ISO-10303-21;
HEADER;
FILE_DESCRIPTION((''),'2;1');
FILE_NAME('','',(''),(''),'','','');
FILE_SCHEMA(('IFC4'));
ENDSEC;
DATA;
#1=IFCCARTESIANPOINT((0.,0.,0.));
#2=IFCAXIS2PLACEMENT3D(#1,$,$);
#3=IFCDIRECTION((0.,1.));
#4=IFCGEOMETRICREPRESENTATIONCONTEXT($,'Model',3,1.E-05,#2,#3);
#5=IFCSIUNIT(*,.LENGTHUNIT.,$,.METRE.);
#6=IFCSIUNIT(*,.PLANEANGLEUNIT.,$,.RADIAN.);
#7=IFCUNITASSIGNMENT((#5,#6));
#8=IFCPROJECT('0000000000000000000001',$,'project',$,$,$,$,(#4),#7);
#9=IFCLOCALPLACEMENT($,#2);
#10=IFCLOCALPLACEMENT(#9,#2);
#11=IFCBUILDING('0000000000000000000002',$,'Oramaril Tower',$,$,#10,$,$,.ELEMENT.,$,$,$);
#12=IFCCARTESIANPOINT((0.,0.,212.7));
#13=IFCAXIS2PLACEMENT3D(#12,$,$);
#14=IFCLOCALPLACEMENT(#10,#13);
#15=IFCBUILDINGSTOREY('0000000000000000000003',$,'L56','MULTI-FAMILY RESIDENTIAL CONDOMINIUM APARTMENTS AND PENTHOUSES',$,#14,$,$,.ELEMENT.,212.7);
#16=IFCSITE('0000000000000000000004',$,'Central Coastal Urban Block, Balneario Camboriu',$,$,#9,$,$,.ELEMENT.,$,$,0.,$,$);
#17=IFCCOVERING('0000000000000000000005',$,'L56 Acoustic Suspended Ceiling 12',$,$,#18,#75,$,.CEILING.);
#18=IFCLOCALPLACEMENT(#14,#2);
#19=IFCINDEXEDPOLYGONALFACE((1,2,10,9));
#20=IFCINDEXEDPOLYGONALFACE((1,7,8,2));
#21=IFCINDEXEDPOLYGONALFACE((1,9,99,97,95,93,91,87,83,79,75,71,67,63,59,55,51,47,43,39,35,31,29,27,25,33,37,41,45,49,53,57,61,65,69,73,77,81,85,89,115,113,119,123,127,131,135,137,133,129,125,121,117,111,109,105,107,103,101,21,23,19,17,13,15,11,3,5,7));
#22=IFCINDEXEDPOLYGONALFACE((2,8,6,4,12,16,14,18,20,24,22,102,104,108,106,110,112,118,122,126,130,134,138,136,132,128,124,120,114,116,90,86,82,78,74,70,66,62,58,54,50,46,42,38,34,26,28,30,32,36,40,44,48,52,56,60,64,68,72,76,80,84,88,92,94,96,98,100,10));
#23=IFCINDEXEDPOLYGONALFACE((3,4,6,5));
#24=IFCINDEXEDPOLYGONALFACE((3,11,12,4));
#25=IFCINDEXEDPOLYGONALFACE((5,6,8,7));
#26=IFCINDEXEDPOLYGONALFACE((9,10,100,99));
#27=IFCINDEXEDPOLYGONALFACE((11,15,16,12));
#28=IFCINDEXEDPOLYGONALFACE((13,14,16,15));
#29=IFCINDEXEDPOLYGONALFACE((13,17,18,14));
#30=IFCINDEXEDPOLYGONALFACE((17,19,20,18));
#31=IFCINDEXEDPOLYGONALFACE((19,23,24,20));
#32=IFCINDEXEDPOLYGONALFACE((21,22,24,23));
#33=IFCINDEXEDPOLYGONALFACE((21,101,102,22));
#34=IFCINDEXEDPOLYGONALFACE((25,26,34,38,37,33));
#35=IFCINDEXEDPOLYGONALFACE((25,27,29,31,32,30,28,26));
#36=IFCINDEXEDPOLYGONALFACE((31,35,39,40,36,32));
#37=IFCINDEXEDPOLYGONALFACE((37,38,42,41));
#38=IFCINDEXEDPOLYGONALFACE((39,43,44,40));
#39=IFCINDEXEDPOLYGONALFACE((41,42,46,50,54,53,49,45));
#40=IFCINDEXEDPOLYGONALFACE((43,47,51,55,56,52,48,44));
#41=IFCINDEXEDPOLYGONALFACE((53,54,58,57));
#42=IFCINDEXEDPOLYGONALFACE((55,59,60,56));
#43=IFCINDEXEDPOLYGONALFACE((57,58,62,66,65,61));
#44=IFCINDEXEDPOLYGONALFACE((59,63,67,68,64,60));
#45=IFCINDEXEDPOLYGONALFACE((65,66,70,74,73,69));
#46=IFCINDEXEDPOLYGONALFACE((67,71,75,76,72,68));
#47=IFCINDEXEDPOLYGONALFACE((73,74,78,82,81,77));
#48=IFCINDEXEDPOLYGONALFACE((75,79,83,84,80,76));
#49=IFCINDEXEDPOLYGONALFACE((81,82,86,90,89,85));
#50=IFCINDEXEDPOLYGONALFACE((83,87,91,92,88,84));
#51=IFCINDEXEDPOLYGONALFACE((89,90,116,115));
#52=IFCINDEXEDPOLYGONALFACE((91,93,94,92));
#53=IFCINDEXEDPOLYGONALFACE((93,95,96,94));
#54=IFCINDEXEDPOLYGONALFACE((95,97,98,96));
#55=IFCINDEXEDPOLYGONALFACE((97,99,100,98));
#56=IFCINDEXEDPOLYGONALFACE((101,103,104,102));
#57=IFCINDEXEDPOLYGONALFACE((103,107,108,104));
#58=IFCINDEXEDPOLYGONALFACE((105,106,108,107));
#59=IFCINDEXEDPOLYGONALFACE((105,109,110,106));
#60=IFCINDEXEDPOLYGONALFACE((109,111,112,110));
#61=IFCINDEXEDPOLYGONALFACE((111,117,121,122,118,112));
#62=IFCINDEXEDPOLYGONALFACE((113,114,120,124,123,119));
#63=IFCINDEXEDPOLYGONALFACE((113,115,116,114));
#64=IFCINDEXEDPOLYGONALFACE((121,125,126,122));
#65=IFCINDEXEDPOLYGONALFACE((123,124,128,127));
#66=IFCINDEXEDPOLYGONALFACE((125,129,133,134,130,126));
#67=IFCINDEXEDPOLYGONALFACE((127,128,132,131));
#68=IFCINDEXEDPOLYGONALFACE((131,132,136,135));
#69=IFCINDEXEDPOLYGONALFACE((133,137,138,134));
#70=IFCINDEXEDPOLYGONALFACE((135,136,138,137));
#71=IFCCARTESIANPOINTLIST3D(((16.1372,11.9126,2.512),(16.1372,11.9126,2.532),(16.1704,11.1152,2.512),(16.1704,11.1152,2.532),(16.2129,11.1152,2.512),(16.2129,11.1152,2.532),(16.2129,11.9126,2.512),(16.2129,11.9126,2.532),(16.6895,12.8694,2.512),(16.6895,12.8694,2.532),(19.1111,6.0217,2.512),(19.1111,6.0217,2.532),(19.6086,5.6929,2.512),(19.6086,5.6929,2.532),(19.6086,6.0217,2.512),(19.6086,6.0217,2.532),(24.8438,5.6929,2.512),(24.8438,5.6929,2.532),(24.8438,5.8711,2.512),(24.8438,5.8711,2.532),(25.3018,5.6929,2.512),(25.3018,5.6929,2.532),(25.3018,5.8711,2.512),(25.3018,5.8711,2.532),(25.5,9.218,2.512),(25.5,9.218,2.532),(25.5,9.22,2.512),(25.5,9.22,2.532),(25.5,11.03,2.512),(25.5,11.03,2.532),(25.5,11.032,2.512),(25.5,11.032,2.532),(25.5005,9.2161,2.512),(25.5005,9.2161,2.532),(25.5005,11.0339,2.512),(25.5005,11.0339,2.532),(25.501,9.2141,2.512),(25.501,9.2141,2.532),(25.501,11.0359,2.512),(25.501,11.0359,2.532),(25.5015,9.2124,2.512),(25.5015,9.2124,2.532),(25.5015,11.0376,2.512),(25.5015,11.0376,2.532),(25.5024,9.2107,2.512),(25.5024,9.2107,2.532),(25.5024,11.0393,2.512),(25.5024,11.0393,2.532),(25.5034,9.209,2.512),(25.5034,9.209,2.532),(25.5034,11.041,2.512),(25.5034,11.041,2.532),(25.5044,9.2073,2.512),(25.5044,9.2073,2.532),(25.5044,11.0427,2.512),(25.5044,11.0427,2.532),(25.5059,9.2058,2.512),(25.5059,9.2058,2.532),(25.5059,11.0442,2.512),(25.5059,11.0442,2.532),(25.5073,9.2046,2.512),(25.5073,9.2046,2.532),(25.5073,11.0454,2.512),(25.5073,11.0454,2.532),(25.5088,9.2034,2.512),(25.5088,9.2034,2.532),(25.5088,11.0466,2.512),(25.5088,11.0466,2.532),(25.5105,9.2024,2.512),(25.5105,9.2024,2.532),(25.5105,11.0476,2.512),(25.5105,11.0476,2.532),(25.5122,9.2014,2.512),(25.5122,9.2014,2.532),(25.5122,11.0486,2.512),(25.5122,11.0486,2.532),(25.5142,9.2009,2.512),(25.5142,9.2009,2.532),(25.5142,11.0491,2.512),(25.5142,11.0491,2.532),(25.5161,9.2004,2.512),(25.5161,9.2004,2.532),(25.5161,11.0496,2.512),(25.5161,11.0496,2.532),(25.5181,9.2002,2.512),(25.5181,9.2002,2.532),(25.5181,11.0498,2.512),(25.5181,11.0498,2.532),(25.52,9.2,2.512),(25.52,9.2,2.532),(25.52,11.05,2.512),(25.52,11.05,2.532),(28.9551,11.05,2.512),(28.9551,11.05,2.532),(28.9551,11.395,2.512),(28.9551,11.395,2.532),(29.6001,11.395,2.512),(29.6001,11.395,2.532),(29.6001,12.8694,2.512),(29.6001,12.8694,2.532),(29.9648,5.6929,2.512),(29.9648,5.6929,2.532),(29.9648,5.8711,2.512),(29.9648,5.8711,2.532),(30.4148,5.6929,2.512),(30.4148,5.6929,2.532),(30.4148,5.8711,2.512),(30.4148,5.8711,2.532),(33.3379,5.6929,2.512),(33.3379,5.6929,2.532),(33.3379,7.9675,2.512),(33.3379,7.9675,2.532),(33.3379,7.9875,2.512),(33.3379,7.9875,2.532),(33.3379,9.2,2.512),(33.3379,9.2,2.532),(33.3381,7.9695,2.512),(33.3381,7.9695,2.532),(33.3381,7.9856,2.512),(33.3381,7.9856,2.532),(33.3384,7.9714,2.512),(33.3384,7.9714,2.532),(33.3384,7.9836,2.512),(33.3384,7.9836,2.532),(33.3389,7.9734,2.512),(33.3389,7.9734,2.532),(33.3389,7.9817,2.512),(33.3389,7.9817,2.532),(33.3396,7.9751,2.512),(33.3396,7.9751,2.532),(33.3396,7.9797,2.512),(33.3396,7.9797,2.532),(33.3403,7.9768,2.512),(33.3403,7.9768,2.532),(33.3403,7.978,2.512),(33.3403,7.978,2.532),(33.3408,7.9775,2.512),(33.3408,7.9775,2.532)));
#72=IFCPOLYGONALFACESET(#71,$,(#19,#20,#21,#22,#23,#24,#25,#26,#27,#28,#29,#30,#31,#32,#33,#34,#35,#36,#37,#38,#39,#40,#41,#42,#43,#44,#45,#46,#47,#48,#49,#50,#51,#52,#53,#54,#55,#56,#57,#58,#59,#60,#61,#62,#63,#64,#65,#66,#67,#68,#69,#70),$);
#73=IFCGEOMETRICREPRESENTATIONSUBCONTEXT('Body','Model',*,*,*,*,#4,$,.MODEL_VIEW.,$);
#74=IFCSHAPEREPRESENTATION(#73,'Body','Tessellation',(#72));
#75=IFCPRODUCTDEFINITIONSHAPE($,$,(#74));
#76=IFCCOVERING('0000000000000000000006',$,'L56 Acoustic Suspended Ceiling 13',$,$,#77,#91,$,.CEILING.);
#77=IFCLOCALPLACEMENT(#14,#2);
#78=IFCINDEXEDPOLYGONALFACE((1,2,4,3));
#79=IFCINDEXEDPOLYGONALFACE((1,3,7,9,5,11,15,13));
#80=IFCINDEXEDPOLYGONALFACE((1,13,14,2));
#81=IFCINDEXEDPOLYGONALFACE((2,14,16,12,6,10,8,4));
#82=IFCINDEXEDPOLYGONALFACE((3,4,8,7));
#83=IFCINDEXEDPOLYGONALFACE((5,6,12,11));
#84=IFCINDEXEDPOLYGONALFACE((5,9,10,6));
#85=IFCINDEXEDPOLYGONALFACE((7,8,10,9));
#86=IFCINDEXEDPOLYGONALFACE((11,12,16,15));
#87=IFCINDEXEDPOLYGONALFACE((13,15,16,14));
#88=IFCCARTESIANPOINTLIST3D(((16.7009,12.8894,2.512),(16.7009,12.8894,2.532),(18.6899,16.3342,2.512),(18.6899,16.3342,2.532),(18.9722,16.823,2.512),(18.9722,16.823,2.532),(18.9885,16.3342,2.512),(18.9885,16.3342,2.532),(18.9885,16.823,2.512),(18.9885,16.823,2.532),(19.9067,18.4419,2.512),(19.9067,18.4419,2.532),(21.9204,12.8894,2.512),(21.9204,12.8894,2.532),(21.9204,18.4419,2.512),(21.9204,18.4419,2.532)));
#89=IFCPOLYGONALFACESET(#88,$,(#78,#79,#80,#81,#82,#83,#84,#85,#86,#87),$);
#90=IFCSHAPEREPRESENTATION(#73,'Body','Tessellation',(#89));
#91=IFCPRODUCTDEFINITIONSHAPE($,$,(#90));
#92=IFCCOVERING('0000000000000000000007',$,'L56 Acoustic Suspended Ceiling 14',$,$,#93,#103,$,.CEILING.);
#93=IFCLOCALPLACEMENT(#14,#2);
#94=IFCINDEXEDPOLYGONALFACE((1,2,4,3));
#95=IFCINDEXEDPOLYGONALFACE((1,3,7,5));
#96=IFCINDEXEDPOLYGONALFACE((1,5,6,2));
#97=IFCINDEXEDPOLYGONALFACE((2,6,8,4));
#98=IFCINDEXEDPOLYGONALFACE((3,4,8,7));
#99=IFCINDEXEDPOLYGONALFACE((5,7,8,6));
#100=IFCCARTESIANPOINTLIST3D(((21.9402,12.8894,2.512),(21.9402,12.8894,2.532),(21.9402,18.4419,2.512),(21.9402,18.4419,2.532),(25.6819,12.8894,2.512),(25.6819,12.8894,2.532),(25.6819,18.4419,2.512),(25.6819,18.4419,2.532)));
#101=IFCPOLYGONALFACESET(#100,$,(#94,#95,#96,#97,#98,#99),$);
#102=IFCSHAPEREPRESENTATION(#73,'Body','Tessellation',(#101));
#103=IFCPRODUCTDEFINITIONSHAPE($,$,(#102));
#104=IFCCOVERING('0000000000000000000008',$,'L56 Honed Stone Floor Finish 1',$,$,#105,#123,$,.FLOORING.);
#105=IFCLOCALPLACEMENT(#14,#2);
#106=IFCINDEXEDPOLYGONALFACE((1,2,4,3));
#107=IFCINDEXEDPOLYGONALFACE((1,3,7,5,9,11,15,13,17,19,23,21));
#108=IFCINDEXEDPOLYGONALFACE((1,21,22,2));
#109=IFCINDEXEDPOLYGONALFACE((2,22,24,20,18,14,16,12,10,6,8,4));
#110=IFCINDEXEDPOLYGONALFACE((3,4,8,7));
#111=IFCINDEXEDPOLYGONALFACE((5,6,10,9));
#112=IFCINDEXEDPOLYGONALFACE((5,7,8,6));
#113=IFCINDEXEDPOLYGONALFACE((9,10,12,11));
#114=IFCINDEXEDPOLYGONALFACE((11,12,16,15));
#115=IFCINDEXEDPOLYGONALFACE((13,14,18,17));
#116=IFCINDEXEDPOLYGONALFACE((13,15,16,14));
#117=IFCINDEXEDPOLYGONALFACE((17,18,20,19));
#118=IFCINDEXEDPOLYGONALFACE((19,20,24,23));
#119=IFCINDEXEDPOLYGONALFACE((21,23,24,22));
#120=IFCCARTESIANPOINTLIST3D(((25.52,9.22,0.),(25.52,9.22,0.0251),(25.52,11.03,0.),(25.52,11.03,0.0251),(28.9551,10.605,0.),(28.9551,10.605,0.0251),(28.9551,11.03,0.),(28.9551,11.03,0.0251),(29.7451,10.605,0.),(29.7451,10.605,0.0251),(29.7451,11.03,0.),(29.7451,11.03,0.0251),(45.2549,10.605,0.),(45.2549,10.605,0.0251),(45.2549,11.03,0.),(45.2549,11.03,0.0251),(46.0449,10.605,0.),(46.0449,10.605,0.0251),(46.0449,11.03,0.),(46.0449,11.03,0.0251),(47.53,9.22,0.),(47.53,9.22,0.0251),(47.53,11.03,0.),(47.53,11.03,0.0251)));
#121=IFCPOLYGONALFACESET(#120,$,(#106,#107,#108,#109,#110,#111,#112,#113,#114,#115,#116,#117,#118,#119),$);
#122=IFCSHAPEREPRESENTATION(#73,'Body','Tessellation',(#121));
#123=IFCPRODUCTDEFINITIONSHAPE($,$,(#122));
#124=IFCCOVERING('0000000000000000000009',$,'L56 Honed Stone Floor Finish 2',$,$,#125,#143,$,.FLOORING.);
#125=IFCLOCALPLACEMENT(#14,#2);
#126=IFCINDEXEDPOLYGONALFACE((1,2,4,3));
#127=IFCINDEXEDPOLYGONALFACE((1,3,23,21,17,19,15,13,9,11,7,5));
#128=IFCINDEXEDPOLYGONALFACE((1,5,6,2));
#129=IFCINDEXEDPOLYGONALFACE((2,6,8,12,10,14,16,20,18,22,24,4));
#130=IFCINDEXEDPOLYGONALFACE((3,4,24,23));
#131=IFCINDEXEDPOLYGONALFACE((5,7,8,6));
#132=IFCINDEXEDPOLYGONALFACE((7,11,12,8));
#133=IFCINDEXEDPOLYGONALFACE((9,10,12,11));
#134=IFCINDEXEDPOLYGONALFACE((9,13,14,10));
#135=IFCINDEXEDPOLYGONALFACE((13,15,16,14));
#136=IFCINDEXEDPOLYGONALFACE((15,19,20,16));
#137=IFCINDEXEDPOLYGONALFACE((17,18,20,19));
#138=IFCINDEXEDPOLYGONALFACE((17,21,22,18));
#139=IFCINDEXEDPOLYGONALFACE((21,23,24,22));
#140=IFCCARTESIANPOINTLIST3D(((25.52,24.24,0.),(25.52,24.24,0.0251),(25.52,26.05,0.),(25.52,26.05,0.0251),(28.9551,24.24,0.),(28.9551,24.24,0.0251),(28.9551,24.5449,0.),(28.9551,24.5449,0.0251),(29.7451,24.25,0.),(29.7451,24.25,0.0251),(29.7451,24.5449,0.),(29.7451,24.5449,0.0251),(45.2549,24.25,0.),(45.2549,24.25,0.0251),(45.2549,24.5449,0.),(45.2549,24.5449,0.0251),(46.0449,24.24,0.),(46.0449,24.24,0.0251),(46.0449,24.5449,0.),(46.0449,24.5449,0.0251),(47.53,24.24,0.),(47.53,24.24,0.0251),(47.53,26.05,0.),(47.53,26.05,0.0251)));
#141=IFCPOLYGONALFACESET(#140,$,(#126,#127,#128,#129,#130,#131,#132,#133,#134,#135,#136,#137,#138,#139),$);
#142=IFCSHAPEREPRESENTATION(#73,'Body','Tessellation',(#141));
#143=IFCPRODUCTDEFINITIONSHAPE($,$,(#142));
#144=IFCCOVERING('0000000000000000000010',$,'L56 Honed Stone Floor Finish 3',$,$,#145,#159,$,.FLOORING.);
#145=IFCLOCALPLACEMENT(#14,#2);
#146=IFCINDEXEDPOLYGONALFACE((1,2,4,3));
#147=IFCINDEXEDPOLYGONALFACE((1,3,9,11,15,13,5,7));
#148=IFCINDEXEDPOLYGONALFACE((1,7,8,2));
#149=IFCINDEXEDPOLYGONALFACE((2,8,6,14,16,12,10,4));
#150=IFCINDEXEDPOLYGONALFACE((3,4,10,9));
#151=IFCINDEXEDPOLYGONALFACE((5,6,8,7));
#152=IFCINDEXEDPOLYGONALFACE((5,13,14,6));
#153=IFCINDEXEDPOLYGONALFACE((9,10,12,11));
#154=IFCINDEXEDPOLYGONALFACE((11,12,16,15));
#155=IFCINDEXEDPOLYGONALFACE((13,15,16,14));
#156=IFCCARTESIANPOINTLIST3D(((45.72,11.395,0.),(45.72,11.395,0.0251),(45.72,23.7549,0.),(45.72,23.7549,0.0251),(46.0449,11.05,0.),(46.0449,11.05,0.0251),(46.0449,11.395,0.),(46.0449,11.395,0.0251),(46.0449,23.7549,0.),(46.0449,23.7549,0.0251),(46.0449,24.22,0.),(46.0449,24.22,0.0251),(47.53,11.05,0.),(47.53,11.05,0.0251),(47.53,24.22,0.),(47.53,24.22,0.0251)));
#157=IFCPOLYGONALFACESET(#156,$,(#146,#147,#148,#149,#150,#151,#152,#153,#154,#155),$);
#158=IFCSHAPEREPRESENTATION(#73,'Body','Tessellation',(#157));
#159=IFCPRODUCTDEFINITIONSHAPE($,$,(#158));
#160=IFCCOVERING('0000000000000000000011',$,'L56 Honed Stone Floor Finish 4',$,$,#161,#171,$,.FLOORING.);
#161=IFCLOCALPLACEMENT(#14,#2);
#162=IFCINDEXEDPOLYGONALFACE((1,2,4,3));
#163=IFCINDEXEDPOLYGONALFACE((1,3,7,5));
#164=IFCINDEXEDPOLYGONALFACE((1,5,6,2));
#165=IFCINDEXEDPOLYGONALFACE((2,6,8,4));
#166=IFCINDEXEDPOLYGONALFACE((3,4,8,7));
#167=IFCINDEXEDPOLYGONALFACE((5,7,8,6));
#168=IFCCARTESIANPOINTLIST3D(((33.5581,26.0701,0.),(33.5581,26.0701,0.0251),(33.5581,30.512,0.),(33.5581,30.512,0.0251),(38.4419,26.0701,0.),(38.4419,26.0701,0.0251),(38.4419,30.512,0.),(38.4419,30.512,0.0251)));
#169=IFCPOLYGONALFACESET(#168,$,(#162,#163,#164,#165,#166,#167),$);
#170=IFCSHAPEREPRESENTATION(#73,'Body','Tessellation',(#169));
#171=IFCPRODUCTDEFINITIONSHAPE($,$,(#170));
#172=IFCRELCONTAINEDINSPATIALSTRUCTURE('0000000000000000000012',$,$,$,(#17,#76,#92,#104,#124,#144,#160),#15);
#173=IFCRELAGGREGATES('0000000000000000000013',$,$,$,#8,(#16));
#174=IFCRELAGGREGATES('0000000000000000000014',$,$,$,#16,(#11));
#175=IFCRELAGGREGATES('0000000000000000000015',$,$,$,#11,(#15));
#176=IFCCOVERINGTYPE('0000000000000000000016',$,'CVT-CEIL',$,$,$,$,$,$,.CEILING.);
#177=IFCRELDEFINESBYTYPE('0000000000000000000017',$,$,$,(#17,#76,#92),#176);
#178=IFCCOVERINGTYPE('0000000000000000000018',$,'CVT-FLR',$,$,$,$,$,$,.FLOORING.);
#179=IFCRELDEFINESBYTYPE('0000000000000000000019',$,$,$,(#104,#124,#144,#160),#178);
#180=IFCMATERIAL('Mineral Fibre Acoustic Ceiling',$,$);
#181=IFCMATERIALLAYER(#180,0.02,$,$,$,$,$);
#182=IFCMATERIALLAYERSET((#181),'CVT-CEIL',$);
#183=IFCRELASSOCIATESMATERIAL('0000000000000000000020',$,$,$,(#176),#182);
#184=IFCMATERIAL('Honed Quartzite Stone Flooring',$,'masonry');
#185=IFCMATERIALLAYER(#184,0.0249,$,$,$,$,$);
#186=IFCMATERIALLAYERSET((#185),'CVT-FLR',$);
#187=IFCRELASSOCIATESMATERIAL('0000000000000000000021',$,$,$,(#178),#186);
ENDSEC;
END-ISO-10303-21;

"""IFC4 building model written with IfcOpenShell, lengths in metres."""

from ifc_helpers import new_model, si_unit, direction, frame, origin, place, context, subcontext, project, spatial, polyline, outline, extrude, material, layer, layer_set, type_object, element, save


model = new_model("IFC4")

# Units and contexts
model_context = context("Model", 3, precision=1e-05, world=origin(), true_north=direction((0.0, 1.0)))
body_context = subcontext(model_context, "Body", "Model", "MODEL_VIEW")
ifc_project = project(units=[si_unit("LENGTHUNIT", "METRE"), si_unit("PLANEANGLEUNIT", "RADIAN")], contexts=[model_context])

# Site, building, storey
site_placement = place(None, origin())
site = spatial("IfcSite", under=ifc_project, at=site_placement, Name="Central Coastal Urban Block, Balneario Camboriu", CompositionType="ELEMENT", RefElevation=0.0)
building_placement = place(site_placement, origin())
building = spatial("IfcBuilding", under=site, at=building_placement, Name="Oramaril Tower", CompositionType="ELEMENT")
storey_placement = place(building_placement, frame((0.0, 0.0, 212.7)))
storey = spatial("IfcBuildingStorey", under=building, at=storey_placement, Name="L56", Description="MULTI-FAMILY RESIDENTIAL CONDOMINIUM APARTMENTS AND PENTHOUSES", CompositionType="ELEMENT", Elevation=212.7)

# Coverings
ifc_material_1 = material(Name="Mineral Fibre Acoustic Ceiling")
ifc_layer_1 = layer(ifc_material_1, 0.02)
ifc_layer_set_1 = layer_set([ifc_layer_1], Name="CVT-CEIL")
covering_type_1 = type_object("IfcCoveringType", Name="CVT-CEIL", PredefinedType="CEILING", material=ifc_layer_set_1)
covering_1_placement = place(storey_placement, frame((0.0, 0.0, 2.512)))
element("IfcCovering", 1, at=covering_1_placement, inside=storey, type_object=covering_type_1, Name="L56 Acoustic Suspended Ceiling 12", PredefinedType="CEILING", context=body_context, shape_type="SweptSolid", body=[
    extrude(outline(polyline([(29.6001, 12.8694), (29.6001, 11.395), (28.9551, 11.395), (28.9551, 11.05), (25.52, 11.05), (25.5181, 11.0498), (25.5161, 11.0496), (25.5142, 11.0491), (25.5122, 11.0486), (25.5105, 11.0476), (25.5088, 11.0466), (25.5073, 11.0454), (25.5059, 11.0442), (25.5044, 11.0427), (25.5034, 11.041), (25.5024, 11.0393), (25.5015, 11.0376), (25.501, 11.0359), (25.5005, 11.0339), (25.5, 11.032), (25.5, 11.03), (25.5, 9.22), (25.5, 9.218), (25.5005, 9.2161), (25.501, 9.2141), (25.5015, 9.2124), (25.5024, 9.2107), (25.5034, 9.209), (25.5044, 9.2073), (25.5059, 9.2058), (25.5073, 9.2046), (25.5088, 9.2034), (25.5105, 9.2024), (25.5122, 9.2014), (25.5142, 9.2009), (25.5161, 9.2004), (25.5181, 9.2002), (25.52, 9.2), (33.3379, 9.2), (33.3379, 7.9875), (33.3381, 7.9856), (33.3384, 7.9836), (33.3389, 7.9817), (33.3396, 7.9797), (33.3403, 7.978), (33.3408, 7.9775), (33.3403, 7.9768), (33.3396, 7.9751), (33.3389, 7.9734), (33.3384, 7.9714), (33.3381, 7.9695), (33.3379, 7.9675), (33.3379, 5.6929), (30.4148, 5.6929), (30.4148, 5.8711), (29.9648, 5.8711), (29.9648, 5.6929), (25.3018, 5.6929), (25.3018, 5.8711), (24.8438, 5.8711), (24.8438, 5.6929), (19.6086, 5.6929), (19.6086, 6.0217), (19.1111, 6.0217), (16.1704, 11.1152), (16.2129, 11.1152), (16.2129, 11.9126), (16.1372, 11.9126), (16.6895, 12.8694), (29.6001, 12.8694)])), origin(), (0.0, 0.0, 1.0), 0.02),
])
covering_2_placement = place(storey_placement, frame((0.0, 0.0, 2.512)))
element("IfcCovering", 2, at=covering_2_placement, inside=storey, type_object=covering_type_1, Name="L56 Acoustic Suspended Ceiling 13", PredefinedType="CEILING", context=body_context, shape_type="SweptSolid", body=[
    extrude(outline(polyline([(18.6899, 16.3342), (18.9885, 16.3342), (18.9885, 16.823), (18.9722, 16.823), (19.9067, 18.4419), (21.9204, 18.4419), (21.9204, 12.8894), (16.7009, 12.8894), (18.6899, 16.3342)])), origin(), (0.0, 0.0, 1.0), 0.02),
])
covering_3_placement = place(storey_placement, frame((0.0, 0.0, 2.512)))
element("IfcCovering", 3, at=covering_3_placement, inside=storey, type_object=covering_type_1, Name="L56 Acoustic Suspended Ceiling 14", PredefinedType="CEILING", context=body_context, shape_type="SweptSolid", body=[
    extrude(outline(polyline([(25.6819, 18.4419), (25.6819, 12.8894), (21.9402, 12.8894), (21.9402, 18.4419), (25.6819, 18.4419)])), origin(), (0.0, 0.0, 1.0), 0.02),
])
ifc_material_2 = material(Name="Honed Quartzite Stone Flooring", Category="masonry")
ifc_layer_2 = layer(ifc_material_2, 0.0249)
ifc_layer_set_2 = layer_set([ifc_layer_2], Name="CVT-FLR")
covering_type_2 = type_object("IfcCoveringType", Name="CVT-FLR", PredefinedType="FLOORING", material=ifc_layer_set_2)
covering_4_placement = place(storey_placement, origin())
element("IfcCovering", 4, at=covering_4_placement, inside=storey, type_object=covering_type_2, Name="L56 Honed Stone Floor Finish 1", PredefinedType="FLOORING", context=body_context, shape_type="SweptSolid", body=[
    extrude(outline(polyline([(28.9551, 10.605), (29.7451, 10.605), (29.7451, 11.03), (45.2549, 11.03), (45.2549, 10.605), (46.0449, 10.605), (46.0449, 11.03), (47.53, 11.03), (47.53, 9.22), (25.52, 9.22), (25.52, 11.03), (28.9551, 11.03), (28.9551, 10.605)])), origin(), (0.0, 0.0, 1.0), 0.0251),
])
covering_5_placement = place(storey_placement, origin())
element("IfcCovering", 5, at=covering_5_placement, inside=storey, type_object=covering_type_2, Name="L56 Honed Stone Floor Finish 2", PredefinedType="FLOORING", context=body_context, shape_type="SweptSolid", body=[
    extrude(outline(polyline([(47.53, 24.24), (46.0449, 24.24), (46.0449, 24.5449), (45.2549, 24.5449), (45.2549, 24.25), (29.7451, 24.25), (29.7451, 24.5449), (28.9551, 24.5449), (28.9551, 24.24), (25.52, 24.24), (25.52, 26.05), (47.53, 26.05), (47.53, 24.24)])), origin(), (0.0, 0.0, 1.0), 0.0251),
])
covering_6_placement = place(storey_placement, origin())
element("IfcCovering", 6, at=covering_6_placement, inside=storey, type_object=covering_type_2, Name="L56 Honed Stone Floor Finish 3", PredefinedType="FLOORING", context=body_context, shape_type="SweptSolid", body=[
    extrude(outline(polyline([(47.53, 11.05), (46.0449, 11.05), (46.0449, 11.395), (45.72, 11.395), (45.72, 23.7549), (46.0449, 23.7549), (46.0449, 24.22), (47.53, 24.22), (47.53, 11.05)])), origin(), (0.0, 0.0, 1.0), 0.0251),
])
covering_7_placement = place(storey_placement, origin())
element("IfcCovering", 7, at=covering_7_placement, inside=storey, type_object=covering_type_2, Name="L56 Honed Stone Floor Finish 4", PredefinedType="FLOORING", context=body_context, shape_type="SweptSolid", body=[
    extrude(outline(polyline([(38.4419, 30.512), (38.4419, 26.0701), (33.5581, 26.0701), (33.5581, 30.512), (38.4419, 30.512)])), origin(), (0.0, 0.0, 1.0), 0.0251),
])

save(model, "model.ifc")
